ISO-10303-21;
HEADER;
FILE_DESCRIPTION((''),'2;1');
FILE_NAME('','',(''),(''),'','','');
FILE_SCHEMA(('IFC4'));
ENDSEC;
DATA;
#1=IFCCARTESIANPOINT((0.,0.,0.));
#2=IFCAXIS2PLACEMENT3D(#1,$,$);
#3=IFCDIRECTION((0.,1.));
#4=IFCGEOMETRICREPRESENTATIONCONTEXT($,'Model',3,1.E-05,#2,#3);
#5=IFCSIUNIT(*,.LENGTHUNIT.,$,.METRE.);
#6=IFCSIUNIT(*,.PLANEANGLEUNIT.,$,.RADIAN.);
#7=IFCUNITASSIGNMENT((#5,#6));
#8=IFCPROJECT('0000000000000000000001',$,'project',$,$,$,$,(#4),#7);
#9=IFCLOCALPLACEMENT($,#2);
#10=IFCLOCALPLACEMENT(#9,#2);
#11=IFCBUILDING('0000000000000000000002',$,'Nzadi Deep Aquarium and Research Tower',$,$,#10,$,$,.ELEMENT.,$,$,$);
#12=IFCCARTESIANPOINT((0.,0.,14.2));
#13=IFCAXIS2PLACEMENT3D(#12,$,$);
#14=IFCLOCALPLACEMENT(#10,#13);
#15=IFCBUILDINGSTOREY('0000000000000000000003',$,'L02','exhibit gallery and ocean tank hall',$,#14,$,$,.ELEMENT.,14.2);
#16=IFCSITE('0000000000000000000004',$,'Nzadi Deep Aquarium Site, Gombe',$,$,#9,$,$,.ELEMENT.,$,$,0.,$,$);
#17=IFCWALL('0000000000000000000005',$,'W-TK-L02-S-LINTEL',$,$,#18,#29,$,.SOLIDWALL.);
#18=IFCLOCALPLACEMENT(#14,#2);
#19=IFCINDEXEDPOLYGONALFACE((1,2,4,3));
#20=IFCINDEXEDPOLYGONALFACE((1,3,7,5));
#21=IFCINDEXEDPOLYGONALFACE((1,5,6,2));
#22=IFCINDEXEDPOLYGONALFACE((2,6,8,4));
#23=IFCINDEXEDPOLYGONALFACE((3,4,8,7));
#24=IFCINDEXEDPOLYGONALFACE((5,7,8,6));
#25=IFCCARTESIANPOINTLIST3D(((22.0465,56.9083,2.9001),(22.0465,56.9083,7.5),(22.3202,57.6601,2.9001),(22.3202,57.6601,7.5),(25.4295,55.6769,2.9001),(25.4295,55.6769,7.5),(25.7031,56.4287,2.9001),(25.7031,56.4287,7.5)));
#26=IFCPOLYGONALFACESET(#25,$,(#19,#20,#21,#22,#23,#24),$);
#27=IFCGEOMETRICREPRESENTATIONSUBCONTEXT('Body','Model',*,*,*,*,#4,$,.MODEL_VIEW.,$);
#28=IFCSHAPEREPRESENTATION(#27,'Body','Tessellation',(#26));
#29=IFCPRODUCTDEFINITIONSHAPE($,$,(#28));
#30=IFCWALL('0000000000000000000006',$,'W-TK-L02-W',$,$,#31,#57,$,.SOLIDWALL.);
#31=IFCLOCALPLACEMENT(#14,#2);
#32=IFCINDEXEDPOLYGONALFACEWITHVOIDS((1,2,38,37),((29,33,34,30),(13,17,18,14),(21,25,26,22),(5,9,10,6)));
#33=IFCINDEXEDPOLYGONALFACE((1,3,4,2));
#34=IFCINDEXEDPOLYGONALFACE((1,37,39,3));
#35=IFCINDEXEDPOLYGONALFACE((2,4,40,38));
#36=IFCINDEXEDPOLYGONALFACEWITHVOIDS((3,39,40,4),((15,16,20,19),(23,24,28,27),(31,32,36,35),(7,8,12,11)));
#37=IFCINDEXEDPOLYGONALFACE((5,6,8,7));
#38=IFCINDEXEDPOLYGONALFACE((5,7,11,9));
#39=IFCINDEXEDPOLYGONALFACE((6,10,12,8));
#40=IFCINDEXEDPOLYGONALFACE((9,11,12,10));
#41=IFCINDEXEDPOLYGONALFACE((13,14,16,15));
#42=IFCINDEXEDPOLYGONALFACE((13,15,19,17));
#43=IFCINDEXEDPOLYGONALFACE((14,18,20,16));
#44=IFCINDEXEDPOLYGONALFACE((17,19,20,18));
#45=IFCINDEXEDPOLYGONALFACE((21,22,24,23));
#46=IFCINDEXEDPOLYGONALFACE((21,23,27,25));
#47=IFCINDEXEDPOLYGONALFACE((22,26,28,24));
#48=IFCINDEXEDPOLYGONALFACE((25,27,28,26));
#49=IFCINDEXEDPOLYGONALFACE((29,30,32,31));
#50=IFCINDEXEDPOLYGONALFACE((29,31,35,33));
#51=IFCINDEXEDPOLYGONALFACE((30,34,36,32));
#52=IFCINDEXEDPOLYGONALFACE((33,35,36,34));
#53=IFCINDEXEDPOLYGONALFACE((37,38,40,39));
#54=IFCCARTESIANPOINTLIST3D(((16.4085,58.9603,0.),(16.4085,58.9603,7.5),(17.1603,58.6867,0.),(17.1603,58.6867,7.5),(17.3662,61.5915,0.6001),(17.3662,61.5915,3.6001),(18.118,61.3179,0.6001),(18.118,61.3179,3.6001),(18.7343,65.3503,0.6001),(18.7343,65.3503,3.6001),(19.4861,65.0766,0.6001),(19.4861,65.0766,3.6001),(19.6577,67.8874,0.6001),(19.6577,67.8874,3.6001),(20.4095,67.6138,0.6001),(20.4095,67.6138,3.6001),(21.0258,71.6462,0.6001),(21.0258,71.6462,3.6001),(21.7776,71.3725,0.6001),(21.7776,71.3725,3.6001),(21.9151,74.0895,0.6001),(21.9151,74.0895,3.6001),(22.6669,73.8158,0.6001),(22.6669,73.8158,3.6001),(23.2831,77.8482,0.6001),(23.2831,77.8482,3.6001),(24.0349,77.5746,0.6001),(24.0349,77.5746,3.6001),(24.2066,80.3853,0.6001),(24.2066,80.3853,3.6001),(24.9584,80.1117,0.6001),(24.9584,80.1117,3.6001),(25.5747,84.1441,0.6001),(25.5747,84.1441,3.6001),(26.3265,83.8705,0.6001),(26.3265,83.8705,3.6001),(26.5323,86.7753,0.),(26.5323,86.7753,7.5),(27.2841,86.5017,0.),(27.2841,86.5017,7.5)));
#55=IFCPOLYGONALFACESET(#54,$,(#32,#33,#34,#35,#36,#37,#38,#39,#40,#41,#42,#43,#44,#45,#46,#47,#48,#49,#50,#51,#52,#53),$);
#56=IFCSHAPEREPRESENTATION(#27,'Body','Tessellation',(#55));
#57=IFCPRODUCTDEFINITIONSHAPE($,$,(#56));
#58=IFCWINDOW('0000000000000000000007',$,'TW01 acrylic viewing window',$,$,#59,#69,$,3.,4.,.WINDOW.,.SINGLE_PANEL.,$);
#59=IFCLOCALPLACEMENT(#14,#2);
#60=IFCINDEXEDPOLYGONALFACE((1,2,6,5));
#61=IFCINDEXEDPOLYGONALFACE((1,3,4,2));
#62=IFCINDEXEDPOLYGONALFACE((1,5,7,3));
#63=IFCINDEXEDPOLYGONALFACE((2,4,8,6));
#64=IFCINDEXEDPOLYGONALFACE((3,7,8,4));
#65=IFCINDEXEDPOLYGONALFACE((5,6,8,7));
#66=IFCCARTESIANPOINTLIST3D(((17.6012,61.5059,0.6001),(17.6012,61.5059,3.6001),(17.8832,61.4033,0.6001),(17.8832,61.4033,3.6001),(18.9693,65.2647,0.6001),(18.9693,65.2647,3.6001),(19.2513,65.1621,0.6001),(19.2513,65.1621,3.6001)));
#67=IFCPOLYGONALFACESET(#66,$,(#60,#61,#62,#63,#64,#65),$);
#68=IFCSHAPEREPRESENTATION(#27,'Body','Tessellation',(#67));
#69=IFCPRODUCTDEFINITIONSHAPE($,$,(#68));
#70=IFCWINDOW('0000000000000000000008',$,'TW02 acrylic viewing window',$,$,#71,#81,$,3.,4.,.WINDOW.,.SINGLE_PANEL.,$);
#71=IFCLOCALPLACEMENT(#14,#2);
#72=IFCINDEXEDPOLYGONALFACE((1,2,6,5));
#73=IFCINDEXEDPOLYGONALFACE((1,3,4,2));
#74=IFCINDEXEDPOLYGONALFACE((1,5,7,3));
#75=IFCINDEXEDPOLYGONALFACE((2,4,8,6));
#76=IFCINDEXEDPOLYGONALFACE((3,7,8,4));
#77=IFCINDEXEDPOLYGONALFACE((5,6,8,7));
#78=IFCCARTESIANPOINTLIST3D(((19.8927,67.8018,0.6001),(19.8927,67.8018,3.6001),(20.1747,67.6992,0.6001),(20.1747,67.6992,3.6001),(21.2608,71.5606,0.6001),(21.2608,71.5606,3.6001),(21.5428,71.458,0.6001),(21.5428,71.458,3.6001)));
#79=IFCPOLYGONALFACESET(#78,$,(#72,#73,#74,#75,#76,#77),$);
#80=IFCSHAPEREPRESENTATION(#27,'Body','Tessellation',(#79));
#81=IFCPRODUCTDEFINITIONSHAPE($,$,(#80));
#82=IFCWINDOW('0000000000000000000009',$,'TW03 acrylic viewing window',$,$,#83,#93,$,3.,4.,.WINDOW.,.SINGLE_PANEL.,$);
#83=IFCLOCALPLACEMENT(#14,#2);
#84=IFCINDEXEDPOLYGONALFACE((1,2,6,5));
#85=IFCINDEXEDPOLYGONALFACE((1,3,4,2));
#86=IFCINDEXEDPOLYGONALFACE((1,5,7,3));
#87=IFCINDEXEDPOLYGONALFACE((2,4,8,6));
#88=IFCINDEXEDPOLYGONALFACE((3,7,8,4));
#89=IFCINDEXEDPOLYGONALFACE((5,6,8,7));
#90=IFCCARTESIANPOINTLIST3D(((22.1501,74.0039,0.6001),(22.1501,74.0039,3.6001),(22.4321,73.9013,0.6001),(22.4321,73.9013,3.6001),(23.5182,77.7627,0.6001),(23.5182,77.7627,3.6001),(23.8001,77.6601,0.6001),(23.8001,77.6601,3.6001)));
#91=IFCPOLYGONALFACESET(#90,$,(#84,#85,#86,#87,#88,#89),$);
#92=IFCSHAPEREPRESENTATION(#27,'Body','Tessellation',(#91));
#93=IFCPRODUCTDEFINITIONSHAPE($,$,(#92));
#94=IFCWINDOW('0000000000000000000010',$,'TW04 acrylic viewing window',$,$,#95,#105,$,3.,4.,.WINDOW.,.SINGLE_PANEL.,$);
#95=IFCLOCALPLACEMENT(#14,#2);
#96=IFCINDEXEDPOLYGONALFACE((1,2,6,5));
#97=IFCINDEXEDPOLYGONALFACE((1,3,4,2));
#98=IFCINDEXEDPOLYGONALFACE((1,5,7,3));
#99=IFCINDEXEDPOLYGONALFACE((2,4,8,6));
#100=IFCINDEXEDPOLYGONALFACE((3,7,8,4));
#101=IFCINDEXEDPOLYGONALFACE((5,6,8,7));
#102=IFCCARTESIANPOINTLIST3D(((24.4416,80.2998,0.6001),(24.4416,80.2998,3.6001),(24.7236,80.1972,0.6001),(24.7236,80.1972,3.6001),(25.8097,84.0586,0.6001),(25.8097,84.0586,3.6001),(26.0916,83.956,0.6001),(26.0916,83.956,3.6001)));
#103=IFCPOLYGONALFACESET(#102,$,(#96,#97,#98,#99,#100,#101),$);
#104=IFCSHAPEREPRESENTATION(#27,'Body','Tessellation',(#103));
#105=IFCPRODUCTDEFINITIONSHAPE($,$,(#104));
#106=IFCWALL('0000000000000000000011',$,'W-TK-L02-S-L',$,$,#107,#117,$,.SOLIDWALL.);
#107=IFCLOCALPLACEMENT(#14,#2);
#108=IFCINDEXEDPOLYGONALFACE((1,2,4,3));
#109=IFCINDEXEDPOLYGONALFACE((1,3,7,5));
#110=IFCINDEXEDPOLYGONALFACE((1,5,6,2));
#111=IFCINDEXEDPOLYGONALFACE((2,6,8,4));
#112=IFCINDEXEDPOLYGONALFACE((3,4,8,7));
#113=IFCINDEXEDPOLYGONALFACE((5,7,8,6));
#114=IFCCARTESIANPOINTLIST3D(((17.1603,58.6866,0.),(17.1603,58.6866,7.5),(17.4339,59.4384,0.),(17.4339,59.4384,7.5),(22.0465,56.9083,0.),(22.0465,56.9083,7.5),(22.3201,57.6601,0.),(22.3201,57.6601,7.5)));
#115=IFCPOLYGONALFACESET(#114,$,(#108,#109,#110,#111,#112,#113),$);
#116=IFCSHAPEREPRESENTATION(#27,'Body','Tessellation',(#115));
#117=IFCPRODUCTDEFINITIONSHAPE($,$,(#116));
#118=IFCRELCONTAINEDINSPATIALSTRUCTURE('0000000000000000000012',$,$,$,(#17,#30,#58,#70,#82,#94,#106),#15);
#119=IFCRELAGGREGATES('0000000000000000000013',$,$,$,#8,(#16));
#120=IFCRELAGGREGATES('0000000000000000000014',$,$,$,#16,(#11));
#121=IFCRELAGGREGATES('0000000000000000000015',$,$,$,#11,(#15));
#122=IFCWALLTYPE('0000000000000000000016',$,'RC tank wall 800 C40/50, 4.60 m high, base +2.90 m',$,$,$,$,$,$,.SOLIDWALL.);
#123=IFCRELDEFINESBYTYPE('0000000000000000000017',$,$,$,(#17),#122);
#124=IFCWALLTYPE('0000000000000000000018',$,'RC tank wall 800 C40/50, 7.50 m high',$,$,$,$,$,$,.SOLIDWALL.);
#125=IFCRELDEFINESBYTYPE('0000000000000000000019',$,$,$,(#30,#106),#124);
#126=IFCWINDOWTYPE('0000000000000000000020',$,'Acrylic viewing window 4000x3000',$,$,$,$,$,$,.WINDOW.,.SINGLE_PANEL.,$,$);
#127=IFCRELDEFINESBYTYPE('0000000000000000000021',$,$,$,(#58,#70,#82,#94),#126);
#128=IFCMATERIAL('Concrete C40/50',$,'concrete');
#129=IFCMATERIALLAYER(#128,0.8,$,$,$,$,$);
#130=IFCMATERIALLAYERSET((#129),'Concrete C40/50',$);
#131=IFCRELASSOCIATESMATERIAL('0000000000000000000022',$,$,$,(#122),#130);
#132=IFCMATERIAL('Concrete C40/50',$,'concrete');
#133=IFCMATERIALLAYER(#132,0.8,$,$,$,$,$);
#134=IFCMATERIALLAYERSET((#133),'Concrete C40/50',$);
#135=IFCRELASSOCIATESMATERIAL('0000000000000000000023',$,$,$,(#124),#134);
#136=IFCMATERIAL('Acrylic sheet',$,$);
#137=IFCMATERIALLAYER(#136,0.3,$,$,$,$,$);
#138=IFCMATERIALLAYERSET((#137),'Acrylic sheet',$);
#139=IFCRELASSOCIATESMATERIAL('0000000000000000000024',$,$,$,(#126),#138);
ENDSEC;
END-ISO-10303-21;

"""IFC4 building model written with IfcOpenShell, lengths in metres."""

from ifc_helpers import new_model, si_unit, direction, frame, frame_2d, origin, place, context, subcontext, project, spatial, rectangle, extrude, material, layer, layer_set, type_object, element, fill, save


model = new_model("IFC4")

# Units and contexts
model_context = context("Model", 3, precision=1e-05, world=origin(), true_north=direction((0.0, 1.0)))
body_context = subcontext(model_context, "Body", "Model", "MODEL_VIEW")
ifc_project = project(units=[si_unit("LENGTHUNIT", "METRE"), si_unit("PLANEANGLEUNIT", "RADIAN")], contexts=[model_context])

# Site, building, storey
site_placement = place(None, origin())
site = spatial("IfcSite", under=ifc_project, at=site_placement, Name="Nzadi Deep Aquarium Site, Gombe", CompositionType="ELEMENT", RefElevation=0.0)
building_placement = place(site_placement, origin())
building = spatial("IfcBuilding", under=site, at=building_placement, Name="Nzadi Deep Aquarium and Research Tower", CompositionType="ELEMENT")
storey_placement = place(building_placement, frame((0.0, 0.0, 14.2)))
storey = spatial("IfcBuildingStorey", under=building, at=storey_placement, Name="L02", Description="exhibit gallery and ocean tank hall", CompositionType="ELEMENT", Elevation=14.2)

# Wall
ifc_material_1 = material(Name="Concrete C40/50", Category="concrete")
ifc_layer_1 = layer(ifc_material_1, 0.8)
ifc_layer_set_1 = layer_set([ifc_layer_1], Name="Concrete C40/50")
wall_type_1 = type_object("IfcWallType", Name="RC tank wall 800 C40/50, 4.60 m high, base +2.90 m", PredefinedType="SOLIDWALL", material=ifc_layer_set_1)
wall_1_placement = place(storey_placement, frame((22.1833, 57.2842, 2.9001), z_axis=(0.0, 0.0, 1.0), x_axis=(0.939682, -0.342048, 0.0)))
element("IfcWall", 1, at=wall_1_placement, inside=storey, type_object=wall_type_1, Name="W-TK-L02-S-LINTEL", PredefinedType="SOLIDWALL", context=body_context, shape_type="SweptSolid", body=[
    extrude(rectangle(XDim=3.6001, YDim=0.8, at=frame_2d((1.8, 0.0))), origin(), (0.0, 0.0, 1.0), 4.5999),
])

# Wall, openings, windows
ifc_material_2 = material(Name="Concrete C40/50", Category="concrete")
ifc_layer_2 = layer(ifc_material_2, 0.8)
ifc_layer_set_2 = layer_set([ifc_layer_2], Name="Concrete C40/50")
wall_type_2 = type_object("IfcWallType", Name="RC tank wall 800 C40/50, 7.50 m high", PredefinedType="SOLIDWALL", material=ifc_layer_set_2)
wall_2_placement = place(storey_placement, frame((16.7844, 58.8235, 0.0), z_axis=(0.0, 0.0, 1.0), x_axis=(0.342019, 0.939693, 0.0)))
wall_2 = element("IfcWall", 2, at=wall_2_placement, inside=storey, type_object=wall_type_2, Name="W-TK-L02-W", PredefinedType="SOLIDWALL", context=body_context, shape_type="SweptSolid", body=[
    extrude(rectangle(XDim=29.6001, YDim=0.8, at=frame_2d((14.8, 0.0))), origin(), (0.0, 0.0, 1.0), 7.5),
])
opening_1_placement = place(wall_2_placement, frame((2.8, 0.0, 0.6001)))
opening_1 = element("IfcOpeningElement", 3, at=opening_1_placement, cuts=wall_2, PredefinedType="OPENING", context=body_context, shape_type="SweptSolid", body=[
    extrude(rectangle(XDim=4.0, YDim=3.0, at=frame_2d((2.0, 1.5))), frame((0.0, 0.4102, 0.0), z_axis=(0.0, -1.0, 0.0), x_axis=(1.0, 0.0, 0.0)), (0.0, 0.0, 1.0), 0.8203),
])
opening_2_placement = place(wall_2_placement, frame((9.5, 0.0, 0.6001)))
opening_2 = element("IfcOpeningElement", 4, at=opening_2_placement, cuts=wall_2, PredefinedType="OPENING", context=body_context, shape_type="SweptSolid", body=[
    extrude(rectangle(XDim=4.0, YDim=3.0, at=frame_2d((2.0, 1.5))), frame((0.0, 0.4102, 0.0), z_axis=(0.0, -1.0, 0.0), x_axis=(1.0, 0.0, 0.0)), (0.0, 0.0, 1.0), 0.8203),
])
opening_3_placement = place(wall_2_placement, frame((16.1001, 0.0, 0.6001)))
opening_3 = element("IfcOpeningElement", 5, at=opening_3_placement, cuts=wall_2, PredefinedType="OPENING", context=body_context, shape_type="SweptSolid", body=[
    extrude(rectangle(XDim=4.0, YDim=3.0, at=frame_2d((2.0, 1.5))), frame((0.0, 0.4102, 0.0), z_axis=(0.0, -1.0, 0.0), x_axis=(1.0, 0.0, 0.0)), (0.0, 0.0, 1.0), 0.8203),
])
opening_4_placement = place(wall_2_placement, frame((22.8, 0.0, 0.6001)))
opening_4 = element("IfcOpeningElement", 6, at=opening_4_placement, cuts=wall_2, PredefinedType="OPENING", context=body_context, shape_type="SweptSolid", body=[
    extrude(rectangle(XDim=4.0, YDim=3.0, at=frame_2d((2.0, 1.5))), frame((0.0, 0.4102, 0.0), z_axis=(0.0, -1.0, 0.0), x_axis=(1.0, 0.0, 0.0)), (0.0, 0.0, 1.0), 0.8203),
])
ifc_material_3 = material(Name="Acrylic sheet")
ifc_layer_3 = layer(ifc_material_3, 0.3)
ifc_layer_set_3 = layer_set([ifc_layer_3], Name="Acrylic sheet")
window_type = type_object("IfcWindowType", Name="Acrylic viewing window 4000x3000", PartitioningType="SINGLE_PANEL", PredefinedType="WINDOW", material=ifc_layer_set_3)
window_1_placement = place(opening_1_placement, origin())
window_1 = element("IfcWindow", 7, at=window_1_placement, inside=storey, type_object=window_type, Name="TW01 acrylic viewing window", OverallHeight=3.0, OverallWidth=4.0, PartitioningType="SINGLE_PANEL", PredefinedType="WINDOW", context=body_context, shape_type="SweptSolid", body=[
    extrude(rectangle(XDim=4.0, YDim=3.0, at=frame_2d((2.0, 1.5))), frame((0.0, 0.1499, 0.0), z_axis=(0.0, -1.0, 0.0), x_axis=(1.0, 0.0, 0.0)), (0.0, 0.0, 1.0), 0.3),
])
fill(opening_1, window_1)
window_2_placement = place(opening_2_placement, origin())
window_2 = element("IfcWindow", 8, at=window_2_placement, inside=storey, type_object=window_type, Name="TW02 acrylic viewing window", OverallHeight=3.0, OverallWidth=4.0, PartitioningType="SINGLE_PANEL", PredefinedType="WINDOW", context=body_context, shape_type="SweptSolid", body=[
    extrude(rectangle(XDim=4.0, YDim=3.0, at=frame_2d((2.0, 1.5))), frame((0.0, 0.1499, 0.0), z_axis=(0.0, -1.0, 0.0), x_axis=(1.0, 0.0, 0.0)), (0.0, 0.0, 1.0), 0.3),
])
fill(opening_2, window_2)
window_3_placement = place(opening_3_placement, origin())
window_3 = element("IfcWindow", 9, at=window_3_placement, inside=storey, type_object=window_type, Name="TW03 acrylic viewing window", OverallHeight=3.0, OverallWidth=4.0, PartitioningType="SINGLE_PANEL", PredefinedType="WINDOW", context=body_context, shape_type="SweptSolid", body=[
    extrude(rectangle(XDim=4.0, YDim=3.0, at=frame_2d((2.0, 1.5))), frame((0.0, 0.1499, 0.0), z_axis=(0.0, -1.0, 0.0), x_axis=(1.0, 0.0, 0.0)), (0.0, 0.0, 1.0), 0.3),
])
fill(opening_3, window_3)
window_4_placement = place(opening_4_placement, origin())
window_4 = element("IfcWindow", 10, at=window_4_placement, inside=storey, type_object=window_type, Name="TW04 acrylic viewing window", OverallHeight=3.0, OverallWidth=4.0, PartitioningType="SINGLE_PANEL", PredefinedType="WINDOW", context=body_context, shape_type="SweptSolid", body=[
    extrude(rectangle(XDim=4.0, YDim=3.0, at=frame_2d((2.0, 1.5))), frame((0.0, 0.1499, 0.0), z_axis=(0.0, -1.0, 0.0), x_axis=(1.0, 0.0, 0.0)), (0.0, 0.0, 1.0), 0.3),
])
fill(opening_4, window_4)

# Wall
wall_3_placement = place(storey_placement, frame((17.2971, 59.0625, 0.0), z_axis=(0.0, 0.0, 1.0), x_axis=(0.9397, -0.341999, 0.0)))
element("IfcWall", 11, at=wall_3_placement, inside=storey, type_object=wall_type_2, Name="W-TK-L02-S-L", PredefinedType="SOLIDWALL", context=body_context, shape_type="SweptSolid", body=[
    extrude(rectangle(XDim=5.1997, YDim=0.8, at=frame_2d((2.5999, 0.0))), origin(), (0.0, 0.0, 1.0), 7.5),
])

save(model, "model.ifc")
